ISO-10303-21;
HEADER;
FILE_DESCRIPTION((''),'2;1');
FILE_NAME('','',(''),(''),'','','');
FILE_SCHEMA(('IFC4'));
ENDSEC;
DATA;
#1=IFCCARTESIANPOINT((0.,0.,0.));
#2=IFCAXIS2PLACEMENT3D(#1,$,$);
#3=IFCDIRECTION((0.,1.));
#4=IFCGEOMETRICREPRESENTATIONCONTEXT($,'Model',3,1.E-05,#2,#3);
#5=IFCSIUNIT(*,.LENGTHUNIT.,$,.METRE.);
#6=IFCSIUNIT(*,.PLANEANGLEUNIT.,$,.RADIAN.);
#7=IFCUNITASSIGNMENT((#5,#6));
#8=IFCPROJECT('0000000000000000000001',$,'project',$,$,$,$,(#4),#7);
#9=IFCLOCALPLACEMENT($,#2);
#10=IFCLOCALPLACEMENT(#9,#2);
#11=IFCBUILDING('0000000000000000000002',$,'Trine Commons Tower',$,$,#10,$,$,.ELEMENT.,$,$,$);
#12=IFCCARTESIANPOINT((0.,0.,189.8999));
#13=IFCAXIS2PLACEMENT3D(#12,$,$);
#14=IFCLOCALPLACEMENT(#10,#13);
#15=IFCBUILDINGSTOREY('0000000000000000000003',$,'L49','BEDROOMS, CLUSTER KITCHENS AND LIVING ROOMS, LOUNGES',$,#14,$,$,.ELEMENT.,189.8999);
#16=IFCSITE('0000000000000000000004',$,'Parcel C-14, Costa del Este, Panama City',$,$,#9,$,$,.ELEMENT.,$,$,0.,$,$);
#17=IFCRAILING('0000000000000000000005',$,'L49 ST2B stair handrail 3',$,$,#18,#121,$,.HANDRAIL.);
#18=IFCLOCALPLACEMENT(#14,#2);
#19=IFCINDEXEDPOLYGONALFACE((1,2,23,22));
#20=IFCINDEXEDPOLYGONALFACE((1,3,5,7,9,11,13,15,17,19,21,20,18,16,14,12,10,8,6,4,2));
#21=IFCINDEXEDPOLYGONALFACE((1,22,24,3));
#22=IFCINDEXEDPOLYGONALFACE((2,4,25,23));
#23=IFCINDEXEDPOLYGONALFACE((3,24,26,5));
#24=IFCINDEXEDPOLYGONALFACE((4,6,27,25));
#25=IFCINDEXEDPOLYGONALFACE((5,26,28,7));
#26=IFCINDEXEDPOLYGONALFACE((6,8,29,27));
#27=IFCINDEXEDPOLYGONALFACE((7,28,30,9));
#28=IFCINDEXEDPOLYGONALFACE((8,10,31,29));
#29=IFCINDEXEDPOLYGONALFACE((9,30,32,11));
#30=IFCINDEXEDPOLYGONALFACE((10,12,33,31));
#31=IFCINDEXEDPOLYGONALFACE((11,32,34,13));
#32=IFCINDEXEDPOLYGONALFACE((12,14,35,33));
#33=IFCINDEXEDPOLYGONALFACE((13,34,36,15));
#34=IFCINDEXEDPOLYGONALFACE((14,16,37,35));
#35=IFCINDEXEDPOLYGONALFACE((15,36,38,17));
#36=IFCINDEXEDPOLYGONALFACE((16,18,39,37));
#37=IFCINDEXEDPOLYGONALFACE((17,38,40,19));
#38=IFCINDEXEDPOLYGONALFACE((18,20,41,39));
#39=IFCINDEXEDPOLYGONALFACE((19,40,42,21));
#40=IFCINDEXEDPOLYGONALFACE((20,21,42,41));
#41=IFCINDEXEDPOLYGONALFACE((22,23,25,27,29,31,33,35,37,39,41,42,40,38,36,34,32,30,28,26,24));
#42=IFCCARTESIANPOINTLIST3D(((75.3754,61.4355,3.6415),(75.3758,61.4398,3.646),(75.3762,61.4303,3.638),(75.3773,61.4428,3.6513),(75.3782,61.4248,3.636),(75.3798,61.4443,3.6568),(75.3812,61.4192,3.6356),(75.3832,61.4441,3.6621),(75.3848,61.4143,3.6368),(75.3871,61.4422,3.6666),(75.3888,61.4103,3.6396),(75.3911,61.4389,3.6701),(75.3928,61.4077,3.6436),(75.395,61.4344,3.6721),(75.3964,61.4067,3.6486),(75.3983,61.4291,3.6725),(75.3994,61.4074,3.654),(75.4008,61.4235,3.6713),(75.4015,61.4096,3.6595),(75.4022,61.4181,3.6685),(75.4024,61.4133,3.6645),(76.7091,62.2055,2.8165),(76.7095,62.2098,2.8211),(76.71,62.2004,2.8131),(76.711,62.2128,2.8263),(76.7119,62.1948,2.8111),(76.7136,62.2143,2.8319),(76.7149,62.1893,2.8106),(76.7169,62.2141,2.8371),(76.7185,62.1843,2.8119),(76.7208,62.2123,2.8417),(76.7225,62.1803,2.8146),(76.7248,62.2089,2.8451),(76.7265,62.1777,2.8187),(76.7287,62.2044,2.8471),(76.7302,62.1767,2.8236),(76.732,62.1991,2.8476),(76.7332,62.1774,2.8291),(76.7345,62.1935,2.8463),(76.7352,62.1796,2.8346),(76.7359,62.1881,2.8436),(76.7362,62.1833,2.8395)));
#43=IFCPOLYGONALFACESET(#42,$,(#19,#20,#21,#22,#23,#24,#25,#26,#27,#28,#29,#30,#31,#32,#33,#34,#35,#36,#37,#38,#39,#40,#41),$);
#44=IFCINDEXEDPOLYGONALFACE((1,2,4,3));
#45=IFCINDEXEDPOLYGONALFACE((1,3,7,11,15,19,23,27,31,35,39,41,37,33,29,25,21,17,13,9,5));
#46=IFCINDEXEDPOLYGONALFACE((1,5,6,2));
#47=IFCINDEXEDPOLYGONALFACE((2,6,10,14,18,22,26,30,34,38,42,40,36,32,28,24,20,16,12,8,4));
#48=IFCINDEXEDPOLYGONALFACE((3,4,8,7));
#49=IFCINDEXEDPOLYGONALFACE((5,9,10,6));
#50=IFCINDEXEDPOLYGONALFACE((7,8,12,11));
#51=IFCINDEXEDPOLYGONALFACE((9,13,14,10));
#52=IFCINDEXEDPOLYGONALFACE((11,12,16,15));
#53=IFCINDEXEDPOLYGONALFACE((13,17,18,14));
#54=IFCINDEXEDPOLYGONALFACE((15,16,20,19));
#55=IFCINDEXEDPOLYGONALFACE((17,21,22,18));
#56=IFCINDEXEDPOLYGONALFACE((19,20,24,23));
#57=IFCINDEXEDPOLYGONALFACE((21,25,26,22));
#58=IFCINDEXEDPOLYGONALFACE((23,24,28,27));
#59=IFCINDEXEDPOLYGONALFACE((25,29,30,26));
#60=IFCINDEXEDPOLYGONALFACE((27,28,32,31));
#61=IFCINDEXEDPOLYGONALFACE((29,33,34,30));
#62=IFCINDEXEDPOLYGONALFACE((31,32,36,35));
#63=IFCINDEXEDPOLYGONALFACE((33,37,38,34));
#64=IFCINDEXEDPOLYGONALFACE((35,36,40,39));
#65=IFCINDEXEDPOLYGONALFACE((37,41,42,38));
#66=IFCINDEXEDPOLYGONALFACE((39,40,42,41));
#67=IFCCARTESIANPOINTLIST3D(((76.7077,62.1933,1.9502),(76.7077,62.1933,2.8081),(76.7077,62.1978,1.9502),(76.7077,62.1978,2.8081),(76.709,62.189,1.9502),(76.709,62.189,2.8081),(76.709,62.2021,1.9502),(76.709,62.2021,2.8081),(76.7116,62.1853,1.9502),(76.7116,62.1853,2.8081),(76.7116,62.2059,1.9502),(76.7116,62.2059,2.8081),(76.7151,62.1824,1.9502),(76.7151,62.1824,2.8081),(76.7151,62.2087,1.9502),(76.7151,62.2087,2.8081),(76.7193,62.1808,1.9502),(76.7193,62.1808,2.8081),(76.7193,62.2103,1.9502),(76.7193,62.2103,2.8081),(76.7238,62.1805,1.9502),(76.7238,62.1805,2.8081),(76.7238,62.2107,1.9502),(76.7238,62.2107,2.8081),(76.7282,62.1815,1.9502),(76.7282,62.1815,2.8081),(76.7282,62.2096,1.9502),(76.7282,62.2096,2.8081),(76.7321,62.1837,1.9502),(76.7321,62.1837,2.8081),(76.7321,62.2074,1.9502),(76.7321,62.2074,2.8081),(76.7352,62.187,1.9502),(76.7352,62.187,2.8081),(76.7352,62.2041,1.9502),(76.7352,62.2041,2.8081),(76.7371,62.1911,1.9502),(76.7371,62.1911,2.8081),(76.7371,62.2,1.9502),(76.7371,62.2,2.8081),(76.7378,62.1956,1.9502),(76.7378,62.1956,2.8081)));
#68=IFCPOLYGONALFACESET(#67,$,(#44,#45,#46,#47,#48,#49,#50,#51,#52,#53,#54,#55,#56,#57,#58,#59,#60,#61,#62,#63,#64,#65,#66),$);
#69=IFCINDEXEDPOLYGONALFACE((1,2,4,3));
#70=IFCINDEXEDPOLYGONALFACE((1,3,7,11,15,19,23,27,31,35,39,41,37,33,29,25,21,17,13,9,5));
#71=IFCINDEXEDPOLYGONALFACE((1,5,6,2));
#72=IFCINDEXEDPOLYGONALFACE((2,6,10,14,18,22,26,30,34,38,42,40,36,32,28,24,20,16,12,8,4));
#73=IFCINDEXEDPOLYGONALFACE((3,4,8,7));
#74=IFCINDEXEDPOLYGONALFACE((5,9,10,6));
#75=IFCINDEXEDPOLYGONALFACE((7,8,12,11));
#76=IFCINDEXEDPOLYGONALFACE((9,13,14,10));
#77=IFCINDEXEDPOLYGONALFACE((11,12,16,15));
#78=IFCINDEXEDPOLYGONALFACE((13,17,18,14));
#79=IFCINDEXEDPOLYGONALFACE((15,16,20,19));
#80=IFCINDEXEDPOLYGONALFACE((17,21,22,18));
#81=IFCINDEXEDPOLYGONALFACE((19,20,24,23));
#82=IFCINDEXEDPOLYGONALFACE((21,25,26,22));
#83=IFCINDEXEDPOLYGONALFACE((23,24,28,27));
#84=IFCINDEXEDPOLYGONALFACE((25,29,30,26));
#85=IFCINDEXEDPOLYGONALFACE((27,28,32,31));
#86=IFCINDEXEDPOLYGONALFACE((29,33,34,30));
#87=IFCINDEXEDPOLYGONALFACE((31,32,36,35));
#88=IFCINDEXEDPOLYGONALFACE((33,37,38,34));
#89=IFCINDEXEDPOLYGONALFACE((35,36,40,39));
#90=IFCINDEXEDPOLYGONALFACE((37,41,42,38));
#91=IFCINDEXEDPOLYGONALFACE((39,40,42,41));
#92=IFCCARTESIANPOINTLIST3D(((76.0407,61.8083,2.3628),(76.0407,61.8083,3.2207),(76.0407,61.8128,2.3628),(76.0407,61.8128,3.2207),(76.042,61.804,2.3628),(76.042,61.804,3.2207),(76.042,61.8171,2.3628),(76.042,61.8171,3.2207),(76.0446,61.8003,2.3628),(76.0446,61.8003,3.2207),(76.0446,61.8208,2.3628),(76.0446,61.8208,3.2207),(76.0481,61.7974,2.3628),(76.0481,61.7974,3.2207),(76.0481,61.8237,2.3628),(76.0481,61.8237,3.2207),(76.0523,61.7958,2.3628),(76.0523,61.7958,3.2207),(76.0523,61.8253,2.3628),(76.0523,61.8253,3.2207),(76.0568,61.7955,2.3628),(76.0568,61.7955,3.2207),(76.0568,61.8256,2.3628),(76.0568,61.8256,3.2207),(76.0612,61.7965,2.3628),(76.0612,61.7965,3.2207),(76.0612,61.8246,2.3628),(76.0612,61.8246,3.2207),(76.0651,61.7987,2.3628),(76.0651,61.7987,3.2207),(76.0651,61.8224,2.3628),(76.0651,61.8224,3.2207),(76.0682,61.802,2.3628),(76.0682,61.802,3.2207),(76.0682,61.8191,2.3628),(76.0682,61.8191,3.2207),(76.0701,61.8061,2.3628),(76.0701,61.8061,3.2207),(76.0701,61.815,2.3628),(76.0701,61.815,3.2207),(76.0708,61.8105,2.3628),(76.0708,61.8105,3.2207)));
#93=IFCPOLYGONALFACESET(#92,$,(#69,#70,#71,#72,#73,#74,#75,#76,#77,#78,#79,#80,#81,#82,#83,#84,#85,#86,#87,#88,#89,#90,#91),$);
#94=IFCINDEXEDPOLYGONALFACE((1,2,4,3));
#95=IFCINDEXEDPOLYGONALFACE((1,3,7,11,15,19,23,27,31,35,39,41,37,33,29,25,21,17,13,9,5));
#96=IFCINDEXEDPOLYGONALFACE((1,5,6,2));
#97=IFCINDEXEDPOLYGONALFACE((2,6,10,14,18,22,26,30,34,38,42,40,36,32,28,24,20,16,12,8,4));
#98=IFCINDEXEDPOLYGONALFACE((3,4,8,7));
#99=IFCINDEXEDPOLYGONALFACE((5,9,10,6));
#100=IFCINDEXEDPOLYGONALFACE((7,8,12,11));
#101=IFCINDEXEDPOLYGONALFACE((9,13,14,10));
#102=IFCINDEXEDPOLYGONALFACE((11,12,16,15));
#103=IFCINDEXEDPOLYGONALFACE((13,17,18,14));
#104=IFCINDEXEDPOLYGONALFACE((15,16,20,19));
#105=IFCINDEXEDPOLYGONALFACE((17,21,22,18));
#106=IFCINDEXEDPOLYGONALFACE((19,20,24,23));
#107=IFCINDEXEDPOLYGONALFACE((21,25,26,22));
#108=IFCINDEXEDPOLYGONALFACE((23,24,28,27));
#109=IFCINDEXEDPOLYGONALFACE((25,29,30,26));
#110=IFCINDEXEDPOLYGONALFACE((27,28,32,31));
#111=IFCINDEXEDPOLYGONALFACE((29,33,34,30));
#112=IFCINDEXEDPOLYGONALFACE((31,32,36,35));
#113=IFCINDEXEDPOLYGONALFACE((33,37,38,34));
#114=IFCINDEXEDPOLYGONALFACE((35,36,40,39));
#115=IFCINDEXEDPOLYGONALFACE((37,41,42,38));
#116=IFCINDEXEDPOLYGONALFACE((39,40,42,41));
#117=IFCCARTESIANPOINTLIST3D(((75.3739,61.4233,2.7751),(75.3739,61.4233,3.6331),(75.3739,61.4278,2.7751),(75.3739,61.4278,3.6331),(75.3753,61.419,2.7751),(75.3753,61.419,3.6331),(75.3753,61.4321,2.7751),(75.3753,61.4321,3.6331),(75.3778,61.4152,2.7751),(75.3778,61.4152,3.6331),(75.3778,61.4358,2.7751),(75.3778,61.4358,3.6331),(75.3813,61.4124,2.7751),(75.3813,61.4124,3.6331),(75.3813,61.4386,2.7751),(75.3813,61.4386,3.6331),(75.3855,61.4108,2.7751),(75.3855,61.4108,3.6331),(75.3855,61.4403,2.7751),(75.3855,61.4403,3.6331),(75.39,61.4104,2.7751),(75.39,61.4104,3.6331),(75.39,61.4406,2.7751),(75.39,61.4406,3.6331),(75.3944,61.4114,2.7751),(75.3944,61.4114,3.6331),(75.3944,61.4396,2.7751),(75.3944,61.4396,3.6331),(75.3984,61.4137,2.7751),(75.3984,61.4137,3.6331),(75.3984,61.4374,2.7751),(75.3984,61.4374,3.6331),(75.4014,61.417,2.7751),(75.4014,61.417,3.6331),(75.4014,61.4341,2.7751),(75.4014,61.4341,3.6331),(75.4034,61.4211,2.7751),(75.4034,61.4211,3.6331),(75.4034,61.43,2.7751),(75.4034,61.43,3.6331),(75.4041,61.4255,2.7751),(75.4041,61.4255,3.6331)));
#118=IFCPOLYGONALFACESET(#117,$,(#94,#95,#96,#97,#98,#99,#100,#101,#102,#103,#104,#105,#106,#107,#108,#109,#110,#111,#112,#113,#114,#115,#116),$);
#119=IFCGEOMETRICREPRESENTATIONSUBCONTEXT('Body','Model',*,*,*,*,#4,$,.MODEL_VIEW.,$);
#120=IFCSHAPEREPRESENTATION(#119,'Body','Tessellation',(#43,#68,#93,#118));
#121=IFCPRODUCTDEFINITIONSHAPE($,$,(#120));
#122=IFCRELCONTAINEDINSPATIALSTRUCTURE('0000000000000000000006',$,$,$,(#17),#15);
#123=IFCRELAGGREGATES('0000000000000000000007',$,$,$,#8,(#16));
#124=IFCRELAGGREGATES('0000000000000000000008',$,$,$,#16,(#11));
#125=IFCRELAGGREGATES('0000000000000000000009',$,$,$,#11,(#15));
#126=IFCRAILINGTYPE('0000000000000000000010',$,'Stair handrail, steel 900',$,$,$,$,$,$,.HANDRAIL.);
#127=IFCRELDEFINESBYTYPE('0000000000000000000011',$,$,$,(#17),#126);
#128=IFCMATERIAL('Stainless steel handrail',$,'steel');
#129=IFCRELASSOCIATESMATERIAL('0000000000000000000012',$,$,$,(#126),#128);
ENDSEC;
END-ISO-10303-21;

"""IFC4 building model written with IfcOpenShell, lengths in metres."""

from ifc_helpers import new_model, si_unit, direction, frame, origin, origin_2d, place, context, subcontext, project, spatial, circle, extrude, material, type_object, element, save


model = new_model("IFC4")

# Units and contexts
model_context = context("Model", 3, precision=1e-05, world=origin(), true_north=direction((0.0, 1.0)))
body_context = subcontext(model_context, "Body", "Model", "MODEL_VIEW")
ifc_project = project(units=[si_unit("LENGTHUNIT", "METRE"), si_unit("PLANEANGLEUNIT", "RADIAN")], contexts=[model_context])

# Site, building, storey
site_placement = place(None, origin())
site = spatial("IfcSite", under=ifc_project, at=site_placement, Name="Parcel C-14, Costa del Este, Panama City", CompositionType="ELEMENT", RefElevation=0.0)
building_placement = place(site_placement, origin())
building = spatial("IfcBuilding", under=site, at=building_placement, Name="Trine Commons Tower", CompositionType="ELEMENT")
storey_placement = place(building_placement, frame((0.0, 0.0, 189.8999)))
storey = spatial("IfcBuildingStorey", under=building, at=storey_placement, Name="L49", Description="BEDROOMS, CLUSTER KITCHENS AND LIVING ROOMS, LOUNGES", CompositionType="ELEMENT", Elevation=189.8999)

# Railing
ifc_material_1 = material(Name="Stainless steel handrail", Category="steel")
railing_type_1 = type_object("IfcRailingType", Name="Stair handrail, steel 900", PredefinedType="HANDRAIL", material=ifc_material_1)
for number, where, name in (
    (1, (76.7227, 62.1956, 1.9502), "L49 ST2B stair handrail 3"),
):
    element("IfcRailing", number, at=place(storey_placement, frame(where)), inside=storey, type_object=railing_type_1, Name=name, PredefinedType="HANDRAIL", context=body_context, shape_type="SweptSolid", body=[
        extrude(circle(Radius=0.021, at=origin_2d()), frame((0.0, 0.0, 0.8789), z_axis=(-0.763405, -0.440743, 0.472185), x_axis=(0.499992, -0.86603, 0.0)), (0.0, 0.0, 1.0), 1.7471),
        extrude(circle(Radius=0.0151, at=origin_2d()), origin(), (0.0, 0.0, 1.0), 0.8579),
        extrude(circle(Radius=0.0151, at=origin_2d()), frame((-0.667, -0.385, 0.4126)), (0.0, 0.0, 1.0), 0.8579),
        extrude(circle(Radius=0.0151, at=origin_2d()), frame((-1.3337, -0.77, 0.825)), (0.0, 0.0, 1.0), 0.8579),
    ])

save(model, "model.ifc")
